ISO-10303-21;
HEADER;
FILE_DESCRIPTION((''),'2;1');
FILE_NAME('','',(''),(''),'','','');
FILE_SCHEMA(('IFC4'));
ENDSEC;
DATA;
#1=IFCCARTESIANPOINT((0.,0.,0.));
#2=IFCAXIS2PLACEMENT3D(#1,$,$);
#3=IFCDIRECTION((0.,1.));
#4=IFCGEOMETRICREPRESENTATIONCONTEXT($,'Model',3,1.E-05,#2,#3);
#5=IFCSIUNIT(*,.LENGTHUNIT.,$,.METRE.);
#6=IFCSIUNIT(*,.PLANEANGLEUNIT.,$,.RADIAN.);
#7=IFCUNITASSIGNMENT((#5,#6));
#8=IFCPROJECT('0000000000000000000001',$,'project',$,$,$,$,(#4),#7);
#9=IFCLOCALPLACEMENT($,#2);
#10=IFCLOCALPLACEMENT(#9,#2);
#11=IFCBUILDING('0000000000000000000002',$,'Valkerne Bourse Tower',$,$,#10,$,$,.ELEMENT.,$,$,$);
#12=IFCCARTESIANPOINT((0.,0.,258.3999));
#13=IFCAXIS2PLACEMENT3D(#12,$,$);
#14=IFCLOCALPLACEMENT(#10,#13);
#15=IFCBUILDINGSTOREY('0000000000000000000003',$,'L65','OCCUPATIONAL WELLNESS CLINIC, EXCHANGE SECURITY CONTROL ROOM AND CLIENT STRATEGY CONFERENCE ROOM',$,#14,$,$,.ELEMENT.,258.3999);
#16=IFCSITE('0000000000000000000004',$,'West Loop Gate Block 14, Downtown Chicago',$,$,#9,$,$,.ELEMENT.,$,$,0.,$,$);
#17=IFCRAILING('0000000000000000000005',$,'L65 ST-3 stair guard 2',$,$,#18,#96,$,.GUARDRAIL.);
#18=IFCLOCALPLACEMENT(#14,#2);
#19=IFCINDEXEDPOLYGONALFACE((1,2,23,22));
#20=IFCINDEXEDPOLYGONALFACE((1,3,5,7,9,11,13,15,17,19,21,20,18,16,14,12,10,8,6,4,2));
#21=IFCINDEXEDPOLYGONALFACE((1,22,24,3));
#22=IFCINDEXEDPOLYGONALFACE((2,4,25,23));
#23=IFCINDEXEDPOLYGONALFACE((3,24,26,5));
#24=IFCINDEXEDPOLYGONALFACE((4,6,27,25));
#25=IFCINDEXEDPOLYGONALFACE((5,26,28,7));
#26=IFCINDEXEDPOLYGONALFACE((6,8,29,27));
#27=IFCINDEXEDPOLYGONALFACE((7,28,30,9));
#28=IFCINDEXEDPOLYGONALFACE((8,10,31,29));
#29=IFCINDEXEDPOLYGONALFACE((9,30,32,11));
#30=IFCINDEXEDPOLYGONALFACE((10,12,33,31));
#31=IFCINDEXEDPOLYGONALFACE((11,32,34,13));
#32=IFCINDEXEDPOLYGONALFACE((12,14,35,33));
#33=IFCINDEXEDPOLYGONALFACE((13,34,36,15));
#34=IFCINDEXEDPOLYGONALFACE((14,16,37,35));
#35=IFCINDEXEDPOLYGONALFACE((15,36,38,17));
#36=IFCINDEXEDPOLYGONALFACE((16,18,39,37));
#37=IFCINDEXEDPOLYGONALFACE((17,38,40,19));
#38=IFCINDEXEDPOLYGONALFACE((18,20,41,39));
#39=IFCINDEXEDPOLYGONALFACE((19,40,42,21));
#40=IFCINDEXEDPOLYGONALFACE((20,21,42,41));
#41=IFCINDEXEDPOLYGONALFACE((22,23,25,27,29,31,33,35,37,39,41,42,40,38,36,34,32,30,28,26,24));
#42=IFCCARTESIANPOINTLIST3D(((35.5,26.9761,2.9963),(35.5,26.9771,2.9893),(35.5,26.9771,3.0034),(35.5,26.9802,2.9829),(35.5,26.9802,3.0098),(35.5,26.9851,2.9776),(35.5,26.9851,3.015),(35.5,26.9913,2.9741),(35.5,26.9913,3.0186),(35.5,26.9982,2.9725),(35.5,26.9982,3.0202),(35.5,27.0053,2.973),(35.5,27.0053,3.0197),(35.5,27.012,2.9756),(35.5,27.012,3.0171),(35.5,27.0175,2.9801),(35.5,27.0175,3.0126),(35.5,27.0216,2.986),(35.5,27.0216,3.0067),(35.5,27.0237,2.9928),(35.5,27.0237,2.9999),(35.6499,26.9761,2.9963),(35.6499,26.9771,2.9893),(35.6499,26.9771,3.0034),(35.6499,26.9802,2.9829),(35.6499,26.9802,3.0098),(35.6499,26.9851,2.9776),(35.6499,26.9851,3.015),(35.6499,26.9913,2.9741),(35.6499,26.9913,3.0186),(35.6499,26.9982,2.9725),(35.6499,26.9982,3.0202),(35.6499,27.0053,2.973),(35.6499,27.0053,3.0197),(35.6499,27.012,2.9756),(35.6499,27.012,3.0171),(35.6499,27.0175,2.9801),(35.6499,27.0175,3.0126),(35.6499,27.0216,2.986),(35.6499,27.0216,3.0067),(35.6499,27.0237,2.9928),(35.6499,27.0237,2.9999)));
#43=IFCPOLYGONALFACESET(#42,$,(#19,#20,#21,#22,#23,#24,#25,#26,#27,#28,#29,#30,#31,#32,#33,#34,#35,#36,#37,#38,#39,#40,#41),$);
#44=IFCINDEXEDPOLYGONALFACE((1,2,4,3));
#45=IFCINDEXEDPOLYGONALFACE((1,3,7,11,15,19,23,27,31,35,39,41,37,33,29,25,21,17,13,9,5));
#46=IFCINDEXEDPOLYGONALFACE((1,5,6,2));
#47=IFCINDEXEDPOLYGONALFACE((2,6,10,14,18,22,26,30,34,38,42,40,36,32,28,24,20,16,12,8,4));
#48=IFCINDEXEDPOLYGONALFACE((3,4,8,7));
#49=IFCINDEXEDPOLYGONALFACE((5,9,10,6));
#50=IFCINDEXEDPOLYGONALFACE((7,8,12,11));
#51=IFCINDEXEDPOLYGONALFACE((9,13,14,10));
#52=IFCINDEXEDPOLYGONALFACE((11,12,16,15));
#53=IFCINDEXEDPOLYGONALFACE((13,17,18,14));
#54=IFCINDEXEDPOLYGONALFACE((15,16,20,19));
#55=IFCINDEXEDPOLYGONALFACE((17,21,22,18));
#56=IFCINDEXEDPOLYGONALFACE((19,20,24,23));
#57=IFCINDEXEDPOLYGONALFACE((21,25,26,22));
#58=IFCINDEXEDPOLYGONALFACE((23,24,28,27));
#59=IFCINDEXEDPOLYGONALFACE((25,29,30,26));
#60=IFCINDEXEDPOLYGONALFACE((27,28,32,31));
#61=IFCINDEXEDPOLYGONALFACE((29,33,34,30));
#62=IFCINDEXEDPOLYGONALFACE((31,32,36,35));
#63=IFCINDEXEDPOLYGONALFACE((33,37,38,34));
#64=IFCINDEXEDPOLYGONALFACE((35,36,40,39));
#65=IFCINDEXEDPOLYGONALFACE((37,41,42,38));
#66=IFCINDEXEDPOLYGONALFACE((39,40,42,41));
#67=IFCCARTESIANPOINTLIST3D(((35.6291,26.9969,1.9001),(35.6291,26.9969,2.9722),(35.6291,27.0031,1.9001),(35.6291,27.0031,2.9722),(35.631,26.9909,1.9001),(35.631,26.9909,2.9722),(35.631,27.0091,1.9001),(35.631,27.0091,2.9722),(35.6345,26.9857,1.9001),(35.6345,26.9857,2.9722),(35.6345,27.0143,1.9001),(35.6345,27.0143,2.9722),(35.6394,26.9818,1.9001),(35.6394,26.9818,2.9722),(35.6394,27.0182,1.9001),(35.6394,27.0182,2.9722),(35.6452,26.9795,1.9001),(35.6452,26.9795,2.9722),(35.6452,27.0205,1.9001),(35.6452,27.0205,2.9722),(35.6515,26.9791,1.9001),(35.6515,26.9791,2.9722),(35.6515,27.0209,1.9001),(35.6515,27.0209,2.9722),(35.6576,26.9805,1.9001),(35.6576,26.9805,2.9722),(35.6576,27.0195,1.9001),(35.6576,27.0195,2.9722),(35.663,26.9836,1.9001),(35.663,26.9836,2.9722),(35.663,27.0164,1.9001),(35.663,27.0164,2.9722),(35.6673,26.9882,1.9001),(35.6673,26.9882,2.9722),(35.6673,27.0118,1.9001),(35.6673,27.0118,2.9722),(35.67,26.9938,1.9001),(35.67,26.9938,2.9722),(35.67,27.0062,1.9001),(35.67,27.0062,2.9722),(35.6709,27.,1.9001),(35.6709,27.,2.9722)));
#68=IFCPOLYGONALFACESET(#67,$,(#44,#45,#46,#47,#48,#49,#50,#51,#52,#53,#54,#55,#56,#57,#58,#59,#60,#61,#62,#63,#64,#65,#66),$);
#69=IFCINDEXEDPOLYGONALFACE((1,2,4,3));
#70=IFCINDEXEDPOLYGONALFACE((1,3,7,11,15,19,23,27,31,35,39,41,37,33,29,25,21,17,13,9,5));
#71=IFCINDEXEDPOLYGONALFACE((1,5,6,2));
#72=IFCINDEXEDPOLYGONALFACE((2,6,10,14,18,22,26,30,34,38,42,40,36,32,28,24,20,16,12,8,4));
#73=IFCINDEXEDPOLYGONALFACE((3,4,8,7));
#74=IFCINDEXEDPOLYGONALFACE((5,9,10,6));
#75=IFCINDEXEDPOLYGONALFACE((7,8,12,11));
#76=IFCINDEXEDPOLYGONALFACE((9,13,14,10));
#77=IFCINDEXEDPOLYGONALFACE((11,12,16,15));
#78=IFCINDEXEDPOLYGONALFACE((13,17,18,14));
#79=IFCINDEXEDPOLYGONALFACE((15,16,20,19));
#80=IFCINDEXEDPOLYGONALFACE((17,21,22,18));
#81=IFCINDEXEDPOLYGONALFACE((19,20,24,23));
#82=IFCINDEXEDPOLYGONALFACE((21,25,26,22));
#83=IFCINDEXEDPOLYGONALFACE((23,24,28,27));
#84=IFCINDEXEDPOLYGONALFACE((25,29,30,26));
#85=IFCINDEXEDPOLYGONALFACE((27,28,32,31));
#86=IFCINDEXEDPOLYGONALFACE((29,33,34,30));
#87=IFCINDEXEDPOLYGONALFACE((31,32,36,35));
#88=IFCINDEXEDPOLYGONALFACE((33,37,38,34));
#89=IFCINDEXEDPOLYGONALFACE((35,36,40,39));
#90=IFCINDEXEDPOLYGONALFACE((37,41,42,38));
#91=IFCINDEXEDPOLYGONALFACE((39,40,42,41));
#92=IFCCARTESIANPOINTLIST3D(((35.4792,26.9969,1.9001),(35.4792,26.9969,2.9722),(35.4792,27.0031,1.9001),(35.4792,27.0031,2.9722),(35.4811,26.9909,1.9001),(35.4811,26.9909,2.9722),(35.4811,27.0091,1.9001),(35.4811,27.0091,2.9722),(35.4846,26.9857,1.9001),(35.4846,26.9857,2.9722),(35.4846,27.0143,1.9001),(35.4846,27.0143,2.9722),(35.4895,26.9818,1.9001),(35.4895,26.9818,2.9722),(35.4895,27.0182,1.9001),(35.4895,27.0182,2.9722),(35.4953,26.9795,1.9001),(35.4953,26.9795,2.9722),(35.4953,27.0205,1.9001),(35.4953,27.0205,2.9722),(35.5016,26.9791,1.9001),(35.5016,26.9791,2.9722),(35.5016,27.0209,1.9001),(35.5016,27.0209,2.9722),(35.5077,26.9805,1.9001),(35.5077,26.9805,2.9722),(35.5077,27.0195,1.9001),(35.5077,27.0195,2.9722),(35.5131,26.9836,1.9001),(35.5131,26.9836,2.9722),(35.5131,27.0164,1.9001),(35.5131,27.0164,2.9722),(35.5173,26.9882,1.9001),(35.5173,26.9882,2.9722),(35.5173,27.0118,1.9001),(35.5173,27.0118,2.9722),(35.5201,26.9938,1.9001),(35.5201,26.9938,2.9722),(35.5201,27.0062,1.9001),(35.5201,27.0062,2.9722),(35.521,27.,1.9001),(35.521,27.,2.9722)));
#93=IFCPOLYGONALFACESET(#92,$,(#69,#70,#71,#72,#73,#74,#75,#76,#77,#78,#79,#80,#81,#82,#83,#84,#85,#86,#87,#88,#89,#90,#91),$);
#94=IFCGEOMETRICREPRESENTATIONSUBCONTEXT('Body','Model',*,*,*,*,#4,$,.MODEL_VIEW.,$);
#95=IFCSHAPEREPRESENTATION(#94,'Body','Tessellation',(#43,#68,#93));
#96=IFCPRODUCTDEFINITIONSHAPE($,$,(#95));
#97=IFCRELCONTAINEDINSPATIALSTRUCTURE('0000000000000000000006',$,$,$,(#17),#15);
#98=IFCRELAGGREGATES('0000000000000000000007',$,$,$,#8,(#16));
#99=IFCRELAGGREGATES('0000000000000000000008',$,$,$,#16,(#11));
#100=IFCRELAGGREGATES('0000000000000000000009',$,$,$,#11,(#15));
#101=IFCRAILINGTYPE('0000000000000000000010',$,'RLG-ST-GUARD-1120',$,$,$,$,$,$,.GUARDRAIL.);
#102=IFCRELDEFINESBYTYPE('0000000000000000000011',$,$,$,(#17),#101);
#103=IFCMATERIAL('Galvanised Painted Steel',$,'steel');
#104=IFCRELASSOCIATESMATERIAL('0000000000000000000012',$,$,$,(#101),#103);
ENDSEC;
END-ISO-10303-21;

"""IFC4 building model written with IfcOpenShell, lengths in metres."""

from ifc_helpers import new_model, si_unit, direction, frame, origin, origin_2d, place, context, subcontext, project, spatial, circle, extrude, material, type_object, element, save


model = new_model("IFC4")

# Units and contexts
model_context = context("Model", 3, precision=1e-05, world=origin(), true_north=direction((0.0, 1.0)))
body_context = subcontext(model_context, "Body", "Model", "MODEL_VIEW")
ifc_project = project(units=[si_unit("LENGTHUNIT", "METRE"), si_unit("PLANEANGLEUNIT", "RADIAN")], contexts=[model_context])

# Site, building, storey
site_placement = place(None, origin())
site = spatial("IfcSite", under=ifc_project, at=site_placement, Name="West Loop Gate Block 14, Downtown Chicago", CompositionType="ELEMENT", RefElevation=0.0)
building_placement = place(site_placement, origin())
building = spatial("IfcBuilding", under=site, at=building_placement, Name="Valkerne Bourse Tower", CompositionType="ELEMENT")
storey_placement = place(building_placement, frame((0.0, 0.0, 258.3999)))
storey = spatial("IfcBuildingStorey", under=building, at=storey_placement, Name="L65", Description="OCCUPATIONAL WELLNESS CLINIC, EXCHANGE SECURITY CONTROL ROOM AND CLIENT STRATEGY CONFERENCE ROOM", CompositionType="ELEMENT", Elevation=258.3999)

# Railing
ifc_material_1 = material(Name="Galvanised Painted Steel", Category="steel")
railing_type_1 = type_object("IfcRailingType", Name="RLG-ST-GUARD-1120", PredefinedType="GUARDRAIL", material=ifc_material_1)
railing_1_placement = place(storey_placement, frame((35.6499, 27.0, 1.9001)))
element("IfcRailing", 1, at=railing_1_placement, inside=storey, type_object=railing_type_1, Name="L65 ST-3 stair guard 2", PredefinedType="GUARDRAIL", context=body_context, shape_type="SweptSolid", body=[
    extrude(circle(Radius=0.0239, at=origin_2d()), frame((0.0, 0.0, 1.0962), z_axis=(-1.0, 0.0, 0.0), x_axis=(0.0, -1.0, 0.0)), (0.0, 0.0, 1.0), 0.1499),
    extrude(circle(Radius=0.021, at=origin_2d()), origin(), (0.0, 0.0, 1.0), 1.072),
    extrude(circle(Radius=0.021, at=origin_2d()), frame((-0.1499, 0.0, 0.0)), (0.0, 0.0, 1.0), 1.072),
])

save(model, "model.ifc")
